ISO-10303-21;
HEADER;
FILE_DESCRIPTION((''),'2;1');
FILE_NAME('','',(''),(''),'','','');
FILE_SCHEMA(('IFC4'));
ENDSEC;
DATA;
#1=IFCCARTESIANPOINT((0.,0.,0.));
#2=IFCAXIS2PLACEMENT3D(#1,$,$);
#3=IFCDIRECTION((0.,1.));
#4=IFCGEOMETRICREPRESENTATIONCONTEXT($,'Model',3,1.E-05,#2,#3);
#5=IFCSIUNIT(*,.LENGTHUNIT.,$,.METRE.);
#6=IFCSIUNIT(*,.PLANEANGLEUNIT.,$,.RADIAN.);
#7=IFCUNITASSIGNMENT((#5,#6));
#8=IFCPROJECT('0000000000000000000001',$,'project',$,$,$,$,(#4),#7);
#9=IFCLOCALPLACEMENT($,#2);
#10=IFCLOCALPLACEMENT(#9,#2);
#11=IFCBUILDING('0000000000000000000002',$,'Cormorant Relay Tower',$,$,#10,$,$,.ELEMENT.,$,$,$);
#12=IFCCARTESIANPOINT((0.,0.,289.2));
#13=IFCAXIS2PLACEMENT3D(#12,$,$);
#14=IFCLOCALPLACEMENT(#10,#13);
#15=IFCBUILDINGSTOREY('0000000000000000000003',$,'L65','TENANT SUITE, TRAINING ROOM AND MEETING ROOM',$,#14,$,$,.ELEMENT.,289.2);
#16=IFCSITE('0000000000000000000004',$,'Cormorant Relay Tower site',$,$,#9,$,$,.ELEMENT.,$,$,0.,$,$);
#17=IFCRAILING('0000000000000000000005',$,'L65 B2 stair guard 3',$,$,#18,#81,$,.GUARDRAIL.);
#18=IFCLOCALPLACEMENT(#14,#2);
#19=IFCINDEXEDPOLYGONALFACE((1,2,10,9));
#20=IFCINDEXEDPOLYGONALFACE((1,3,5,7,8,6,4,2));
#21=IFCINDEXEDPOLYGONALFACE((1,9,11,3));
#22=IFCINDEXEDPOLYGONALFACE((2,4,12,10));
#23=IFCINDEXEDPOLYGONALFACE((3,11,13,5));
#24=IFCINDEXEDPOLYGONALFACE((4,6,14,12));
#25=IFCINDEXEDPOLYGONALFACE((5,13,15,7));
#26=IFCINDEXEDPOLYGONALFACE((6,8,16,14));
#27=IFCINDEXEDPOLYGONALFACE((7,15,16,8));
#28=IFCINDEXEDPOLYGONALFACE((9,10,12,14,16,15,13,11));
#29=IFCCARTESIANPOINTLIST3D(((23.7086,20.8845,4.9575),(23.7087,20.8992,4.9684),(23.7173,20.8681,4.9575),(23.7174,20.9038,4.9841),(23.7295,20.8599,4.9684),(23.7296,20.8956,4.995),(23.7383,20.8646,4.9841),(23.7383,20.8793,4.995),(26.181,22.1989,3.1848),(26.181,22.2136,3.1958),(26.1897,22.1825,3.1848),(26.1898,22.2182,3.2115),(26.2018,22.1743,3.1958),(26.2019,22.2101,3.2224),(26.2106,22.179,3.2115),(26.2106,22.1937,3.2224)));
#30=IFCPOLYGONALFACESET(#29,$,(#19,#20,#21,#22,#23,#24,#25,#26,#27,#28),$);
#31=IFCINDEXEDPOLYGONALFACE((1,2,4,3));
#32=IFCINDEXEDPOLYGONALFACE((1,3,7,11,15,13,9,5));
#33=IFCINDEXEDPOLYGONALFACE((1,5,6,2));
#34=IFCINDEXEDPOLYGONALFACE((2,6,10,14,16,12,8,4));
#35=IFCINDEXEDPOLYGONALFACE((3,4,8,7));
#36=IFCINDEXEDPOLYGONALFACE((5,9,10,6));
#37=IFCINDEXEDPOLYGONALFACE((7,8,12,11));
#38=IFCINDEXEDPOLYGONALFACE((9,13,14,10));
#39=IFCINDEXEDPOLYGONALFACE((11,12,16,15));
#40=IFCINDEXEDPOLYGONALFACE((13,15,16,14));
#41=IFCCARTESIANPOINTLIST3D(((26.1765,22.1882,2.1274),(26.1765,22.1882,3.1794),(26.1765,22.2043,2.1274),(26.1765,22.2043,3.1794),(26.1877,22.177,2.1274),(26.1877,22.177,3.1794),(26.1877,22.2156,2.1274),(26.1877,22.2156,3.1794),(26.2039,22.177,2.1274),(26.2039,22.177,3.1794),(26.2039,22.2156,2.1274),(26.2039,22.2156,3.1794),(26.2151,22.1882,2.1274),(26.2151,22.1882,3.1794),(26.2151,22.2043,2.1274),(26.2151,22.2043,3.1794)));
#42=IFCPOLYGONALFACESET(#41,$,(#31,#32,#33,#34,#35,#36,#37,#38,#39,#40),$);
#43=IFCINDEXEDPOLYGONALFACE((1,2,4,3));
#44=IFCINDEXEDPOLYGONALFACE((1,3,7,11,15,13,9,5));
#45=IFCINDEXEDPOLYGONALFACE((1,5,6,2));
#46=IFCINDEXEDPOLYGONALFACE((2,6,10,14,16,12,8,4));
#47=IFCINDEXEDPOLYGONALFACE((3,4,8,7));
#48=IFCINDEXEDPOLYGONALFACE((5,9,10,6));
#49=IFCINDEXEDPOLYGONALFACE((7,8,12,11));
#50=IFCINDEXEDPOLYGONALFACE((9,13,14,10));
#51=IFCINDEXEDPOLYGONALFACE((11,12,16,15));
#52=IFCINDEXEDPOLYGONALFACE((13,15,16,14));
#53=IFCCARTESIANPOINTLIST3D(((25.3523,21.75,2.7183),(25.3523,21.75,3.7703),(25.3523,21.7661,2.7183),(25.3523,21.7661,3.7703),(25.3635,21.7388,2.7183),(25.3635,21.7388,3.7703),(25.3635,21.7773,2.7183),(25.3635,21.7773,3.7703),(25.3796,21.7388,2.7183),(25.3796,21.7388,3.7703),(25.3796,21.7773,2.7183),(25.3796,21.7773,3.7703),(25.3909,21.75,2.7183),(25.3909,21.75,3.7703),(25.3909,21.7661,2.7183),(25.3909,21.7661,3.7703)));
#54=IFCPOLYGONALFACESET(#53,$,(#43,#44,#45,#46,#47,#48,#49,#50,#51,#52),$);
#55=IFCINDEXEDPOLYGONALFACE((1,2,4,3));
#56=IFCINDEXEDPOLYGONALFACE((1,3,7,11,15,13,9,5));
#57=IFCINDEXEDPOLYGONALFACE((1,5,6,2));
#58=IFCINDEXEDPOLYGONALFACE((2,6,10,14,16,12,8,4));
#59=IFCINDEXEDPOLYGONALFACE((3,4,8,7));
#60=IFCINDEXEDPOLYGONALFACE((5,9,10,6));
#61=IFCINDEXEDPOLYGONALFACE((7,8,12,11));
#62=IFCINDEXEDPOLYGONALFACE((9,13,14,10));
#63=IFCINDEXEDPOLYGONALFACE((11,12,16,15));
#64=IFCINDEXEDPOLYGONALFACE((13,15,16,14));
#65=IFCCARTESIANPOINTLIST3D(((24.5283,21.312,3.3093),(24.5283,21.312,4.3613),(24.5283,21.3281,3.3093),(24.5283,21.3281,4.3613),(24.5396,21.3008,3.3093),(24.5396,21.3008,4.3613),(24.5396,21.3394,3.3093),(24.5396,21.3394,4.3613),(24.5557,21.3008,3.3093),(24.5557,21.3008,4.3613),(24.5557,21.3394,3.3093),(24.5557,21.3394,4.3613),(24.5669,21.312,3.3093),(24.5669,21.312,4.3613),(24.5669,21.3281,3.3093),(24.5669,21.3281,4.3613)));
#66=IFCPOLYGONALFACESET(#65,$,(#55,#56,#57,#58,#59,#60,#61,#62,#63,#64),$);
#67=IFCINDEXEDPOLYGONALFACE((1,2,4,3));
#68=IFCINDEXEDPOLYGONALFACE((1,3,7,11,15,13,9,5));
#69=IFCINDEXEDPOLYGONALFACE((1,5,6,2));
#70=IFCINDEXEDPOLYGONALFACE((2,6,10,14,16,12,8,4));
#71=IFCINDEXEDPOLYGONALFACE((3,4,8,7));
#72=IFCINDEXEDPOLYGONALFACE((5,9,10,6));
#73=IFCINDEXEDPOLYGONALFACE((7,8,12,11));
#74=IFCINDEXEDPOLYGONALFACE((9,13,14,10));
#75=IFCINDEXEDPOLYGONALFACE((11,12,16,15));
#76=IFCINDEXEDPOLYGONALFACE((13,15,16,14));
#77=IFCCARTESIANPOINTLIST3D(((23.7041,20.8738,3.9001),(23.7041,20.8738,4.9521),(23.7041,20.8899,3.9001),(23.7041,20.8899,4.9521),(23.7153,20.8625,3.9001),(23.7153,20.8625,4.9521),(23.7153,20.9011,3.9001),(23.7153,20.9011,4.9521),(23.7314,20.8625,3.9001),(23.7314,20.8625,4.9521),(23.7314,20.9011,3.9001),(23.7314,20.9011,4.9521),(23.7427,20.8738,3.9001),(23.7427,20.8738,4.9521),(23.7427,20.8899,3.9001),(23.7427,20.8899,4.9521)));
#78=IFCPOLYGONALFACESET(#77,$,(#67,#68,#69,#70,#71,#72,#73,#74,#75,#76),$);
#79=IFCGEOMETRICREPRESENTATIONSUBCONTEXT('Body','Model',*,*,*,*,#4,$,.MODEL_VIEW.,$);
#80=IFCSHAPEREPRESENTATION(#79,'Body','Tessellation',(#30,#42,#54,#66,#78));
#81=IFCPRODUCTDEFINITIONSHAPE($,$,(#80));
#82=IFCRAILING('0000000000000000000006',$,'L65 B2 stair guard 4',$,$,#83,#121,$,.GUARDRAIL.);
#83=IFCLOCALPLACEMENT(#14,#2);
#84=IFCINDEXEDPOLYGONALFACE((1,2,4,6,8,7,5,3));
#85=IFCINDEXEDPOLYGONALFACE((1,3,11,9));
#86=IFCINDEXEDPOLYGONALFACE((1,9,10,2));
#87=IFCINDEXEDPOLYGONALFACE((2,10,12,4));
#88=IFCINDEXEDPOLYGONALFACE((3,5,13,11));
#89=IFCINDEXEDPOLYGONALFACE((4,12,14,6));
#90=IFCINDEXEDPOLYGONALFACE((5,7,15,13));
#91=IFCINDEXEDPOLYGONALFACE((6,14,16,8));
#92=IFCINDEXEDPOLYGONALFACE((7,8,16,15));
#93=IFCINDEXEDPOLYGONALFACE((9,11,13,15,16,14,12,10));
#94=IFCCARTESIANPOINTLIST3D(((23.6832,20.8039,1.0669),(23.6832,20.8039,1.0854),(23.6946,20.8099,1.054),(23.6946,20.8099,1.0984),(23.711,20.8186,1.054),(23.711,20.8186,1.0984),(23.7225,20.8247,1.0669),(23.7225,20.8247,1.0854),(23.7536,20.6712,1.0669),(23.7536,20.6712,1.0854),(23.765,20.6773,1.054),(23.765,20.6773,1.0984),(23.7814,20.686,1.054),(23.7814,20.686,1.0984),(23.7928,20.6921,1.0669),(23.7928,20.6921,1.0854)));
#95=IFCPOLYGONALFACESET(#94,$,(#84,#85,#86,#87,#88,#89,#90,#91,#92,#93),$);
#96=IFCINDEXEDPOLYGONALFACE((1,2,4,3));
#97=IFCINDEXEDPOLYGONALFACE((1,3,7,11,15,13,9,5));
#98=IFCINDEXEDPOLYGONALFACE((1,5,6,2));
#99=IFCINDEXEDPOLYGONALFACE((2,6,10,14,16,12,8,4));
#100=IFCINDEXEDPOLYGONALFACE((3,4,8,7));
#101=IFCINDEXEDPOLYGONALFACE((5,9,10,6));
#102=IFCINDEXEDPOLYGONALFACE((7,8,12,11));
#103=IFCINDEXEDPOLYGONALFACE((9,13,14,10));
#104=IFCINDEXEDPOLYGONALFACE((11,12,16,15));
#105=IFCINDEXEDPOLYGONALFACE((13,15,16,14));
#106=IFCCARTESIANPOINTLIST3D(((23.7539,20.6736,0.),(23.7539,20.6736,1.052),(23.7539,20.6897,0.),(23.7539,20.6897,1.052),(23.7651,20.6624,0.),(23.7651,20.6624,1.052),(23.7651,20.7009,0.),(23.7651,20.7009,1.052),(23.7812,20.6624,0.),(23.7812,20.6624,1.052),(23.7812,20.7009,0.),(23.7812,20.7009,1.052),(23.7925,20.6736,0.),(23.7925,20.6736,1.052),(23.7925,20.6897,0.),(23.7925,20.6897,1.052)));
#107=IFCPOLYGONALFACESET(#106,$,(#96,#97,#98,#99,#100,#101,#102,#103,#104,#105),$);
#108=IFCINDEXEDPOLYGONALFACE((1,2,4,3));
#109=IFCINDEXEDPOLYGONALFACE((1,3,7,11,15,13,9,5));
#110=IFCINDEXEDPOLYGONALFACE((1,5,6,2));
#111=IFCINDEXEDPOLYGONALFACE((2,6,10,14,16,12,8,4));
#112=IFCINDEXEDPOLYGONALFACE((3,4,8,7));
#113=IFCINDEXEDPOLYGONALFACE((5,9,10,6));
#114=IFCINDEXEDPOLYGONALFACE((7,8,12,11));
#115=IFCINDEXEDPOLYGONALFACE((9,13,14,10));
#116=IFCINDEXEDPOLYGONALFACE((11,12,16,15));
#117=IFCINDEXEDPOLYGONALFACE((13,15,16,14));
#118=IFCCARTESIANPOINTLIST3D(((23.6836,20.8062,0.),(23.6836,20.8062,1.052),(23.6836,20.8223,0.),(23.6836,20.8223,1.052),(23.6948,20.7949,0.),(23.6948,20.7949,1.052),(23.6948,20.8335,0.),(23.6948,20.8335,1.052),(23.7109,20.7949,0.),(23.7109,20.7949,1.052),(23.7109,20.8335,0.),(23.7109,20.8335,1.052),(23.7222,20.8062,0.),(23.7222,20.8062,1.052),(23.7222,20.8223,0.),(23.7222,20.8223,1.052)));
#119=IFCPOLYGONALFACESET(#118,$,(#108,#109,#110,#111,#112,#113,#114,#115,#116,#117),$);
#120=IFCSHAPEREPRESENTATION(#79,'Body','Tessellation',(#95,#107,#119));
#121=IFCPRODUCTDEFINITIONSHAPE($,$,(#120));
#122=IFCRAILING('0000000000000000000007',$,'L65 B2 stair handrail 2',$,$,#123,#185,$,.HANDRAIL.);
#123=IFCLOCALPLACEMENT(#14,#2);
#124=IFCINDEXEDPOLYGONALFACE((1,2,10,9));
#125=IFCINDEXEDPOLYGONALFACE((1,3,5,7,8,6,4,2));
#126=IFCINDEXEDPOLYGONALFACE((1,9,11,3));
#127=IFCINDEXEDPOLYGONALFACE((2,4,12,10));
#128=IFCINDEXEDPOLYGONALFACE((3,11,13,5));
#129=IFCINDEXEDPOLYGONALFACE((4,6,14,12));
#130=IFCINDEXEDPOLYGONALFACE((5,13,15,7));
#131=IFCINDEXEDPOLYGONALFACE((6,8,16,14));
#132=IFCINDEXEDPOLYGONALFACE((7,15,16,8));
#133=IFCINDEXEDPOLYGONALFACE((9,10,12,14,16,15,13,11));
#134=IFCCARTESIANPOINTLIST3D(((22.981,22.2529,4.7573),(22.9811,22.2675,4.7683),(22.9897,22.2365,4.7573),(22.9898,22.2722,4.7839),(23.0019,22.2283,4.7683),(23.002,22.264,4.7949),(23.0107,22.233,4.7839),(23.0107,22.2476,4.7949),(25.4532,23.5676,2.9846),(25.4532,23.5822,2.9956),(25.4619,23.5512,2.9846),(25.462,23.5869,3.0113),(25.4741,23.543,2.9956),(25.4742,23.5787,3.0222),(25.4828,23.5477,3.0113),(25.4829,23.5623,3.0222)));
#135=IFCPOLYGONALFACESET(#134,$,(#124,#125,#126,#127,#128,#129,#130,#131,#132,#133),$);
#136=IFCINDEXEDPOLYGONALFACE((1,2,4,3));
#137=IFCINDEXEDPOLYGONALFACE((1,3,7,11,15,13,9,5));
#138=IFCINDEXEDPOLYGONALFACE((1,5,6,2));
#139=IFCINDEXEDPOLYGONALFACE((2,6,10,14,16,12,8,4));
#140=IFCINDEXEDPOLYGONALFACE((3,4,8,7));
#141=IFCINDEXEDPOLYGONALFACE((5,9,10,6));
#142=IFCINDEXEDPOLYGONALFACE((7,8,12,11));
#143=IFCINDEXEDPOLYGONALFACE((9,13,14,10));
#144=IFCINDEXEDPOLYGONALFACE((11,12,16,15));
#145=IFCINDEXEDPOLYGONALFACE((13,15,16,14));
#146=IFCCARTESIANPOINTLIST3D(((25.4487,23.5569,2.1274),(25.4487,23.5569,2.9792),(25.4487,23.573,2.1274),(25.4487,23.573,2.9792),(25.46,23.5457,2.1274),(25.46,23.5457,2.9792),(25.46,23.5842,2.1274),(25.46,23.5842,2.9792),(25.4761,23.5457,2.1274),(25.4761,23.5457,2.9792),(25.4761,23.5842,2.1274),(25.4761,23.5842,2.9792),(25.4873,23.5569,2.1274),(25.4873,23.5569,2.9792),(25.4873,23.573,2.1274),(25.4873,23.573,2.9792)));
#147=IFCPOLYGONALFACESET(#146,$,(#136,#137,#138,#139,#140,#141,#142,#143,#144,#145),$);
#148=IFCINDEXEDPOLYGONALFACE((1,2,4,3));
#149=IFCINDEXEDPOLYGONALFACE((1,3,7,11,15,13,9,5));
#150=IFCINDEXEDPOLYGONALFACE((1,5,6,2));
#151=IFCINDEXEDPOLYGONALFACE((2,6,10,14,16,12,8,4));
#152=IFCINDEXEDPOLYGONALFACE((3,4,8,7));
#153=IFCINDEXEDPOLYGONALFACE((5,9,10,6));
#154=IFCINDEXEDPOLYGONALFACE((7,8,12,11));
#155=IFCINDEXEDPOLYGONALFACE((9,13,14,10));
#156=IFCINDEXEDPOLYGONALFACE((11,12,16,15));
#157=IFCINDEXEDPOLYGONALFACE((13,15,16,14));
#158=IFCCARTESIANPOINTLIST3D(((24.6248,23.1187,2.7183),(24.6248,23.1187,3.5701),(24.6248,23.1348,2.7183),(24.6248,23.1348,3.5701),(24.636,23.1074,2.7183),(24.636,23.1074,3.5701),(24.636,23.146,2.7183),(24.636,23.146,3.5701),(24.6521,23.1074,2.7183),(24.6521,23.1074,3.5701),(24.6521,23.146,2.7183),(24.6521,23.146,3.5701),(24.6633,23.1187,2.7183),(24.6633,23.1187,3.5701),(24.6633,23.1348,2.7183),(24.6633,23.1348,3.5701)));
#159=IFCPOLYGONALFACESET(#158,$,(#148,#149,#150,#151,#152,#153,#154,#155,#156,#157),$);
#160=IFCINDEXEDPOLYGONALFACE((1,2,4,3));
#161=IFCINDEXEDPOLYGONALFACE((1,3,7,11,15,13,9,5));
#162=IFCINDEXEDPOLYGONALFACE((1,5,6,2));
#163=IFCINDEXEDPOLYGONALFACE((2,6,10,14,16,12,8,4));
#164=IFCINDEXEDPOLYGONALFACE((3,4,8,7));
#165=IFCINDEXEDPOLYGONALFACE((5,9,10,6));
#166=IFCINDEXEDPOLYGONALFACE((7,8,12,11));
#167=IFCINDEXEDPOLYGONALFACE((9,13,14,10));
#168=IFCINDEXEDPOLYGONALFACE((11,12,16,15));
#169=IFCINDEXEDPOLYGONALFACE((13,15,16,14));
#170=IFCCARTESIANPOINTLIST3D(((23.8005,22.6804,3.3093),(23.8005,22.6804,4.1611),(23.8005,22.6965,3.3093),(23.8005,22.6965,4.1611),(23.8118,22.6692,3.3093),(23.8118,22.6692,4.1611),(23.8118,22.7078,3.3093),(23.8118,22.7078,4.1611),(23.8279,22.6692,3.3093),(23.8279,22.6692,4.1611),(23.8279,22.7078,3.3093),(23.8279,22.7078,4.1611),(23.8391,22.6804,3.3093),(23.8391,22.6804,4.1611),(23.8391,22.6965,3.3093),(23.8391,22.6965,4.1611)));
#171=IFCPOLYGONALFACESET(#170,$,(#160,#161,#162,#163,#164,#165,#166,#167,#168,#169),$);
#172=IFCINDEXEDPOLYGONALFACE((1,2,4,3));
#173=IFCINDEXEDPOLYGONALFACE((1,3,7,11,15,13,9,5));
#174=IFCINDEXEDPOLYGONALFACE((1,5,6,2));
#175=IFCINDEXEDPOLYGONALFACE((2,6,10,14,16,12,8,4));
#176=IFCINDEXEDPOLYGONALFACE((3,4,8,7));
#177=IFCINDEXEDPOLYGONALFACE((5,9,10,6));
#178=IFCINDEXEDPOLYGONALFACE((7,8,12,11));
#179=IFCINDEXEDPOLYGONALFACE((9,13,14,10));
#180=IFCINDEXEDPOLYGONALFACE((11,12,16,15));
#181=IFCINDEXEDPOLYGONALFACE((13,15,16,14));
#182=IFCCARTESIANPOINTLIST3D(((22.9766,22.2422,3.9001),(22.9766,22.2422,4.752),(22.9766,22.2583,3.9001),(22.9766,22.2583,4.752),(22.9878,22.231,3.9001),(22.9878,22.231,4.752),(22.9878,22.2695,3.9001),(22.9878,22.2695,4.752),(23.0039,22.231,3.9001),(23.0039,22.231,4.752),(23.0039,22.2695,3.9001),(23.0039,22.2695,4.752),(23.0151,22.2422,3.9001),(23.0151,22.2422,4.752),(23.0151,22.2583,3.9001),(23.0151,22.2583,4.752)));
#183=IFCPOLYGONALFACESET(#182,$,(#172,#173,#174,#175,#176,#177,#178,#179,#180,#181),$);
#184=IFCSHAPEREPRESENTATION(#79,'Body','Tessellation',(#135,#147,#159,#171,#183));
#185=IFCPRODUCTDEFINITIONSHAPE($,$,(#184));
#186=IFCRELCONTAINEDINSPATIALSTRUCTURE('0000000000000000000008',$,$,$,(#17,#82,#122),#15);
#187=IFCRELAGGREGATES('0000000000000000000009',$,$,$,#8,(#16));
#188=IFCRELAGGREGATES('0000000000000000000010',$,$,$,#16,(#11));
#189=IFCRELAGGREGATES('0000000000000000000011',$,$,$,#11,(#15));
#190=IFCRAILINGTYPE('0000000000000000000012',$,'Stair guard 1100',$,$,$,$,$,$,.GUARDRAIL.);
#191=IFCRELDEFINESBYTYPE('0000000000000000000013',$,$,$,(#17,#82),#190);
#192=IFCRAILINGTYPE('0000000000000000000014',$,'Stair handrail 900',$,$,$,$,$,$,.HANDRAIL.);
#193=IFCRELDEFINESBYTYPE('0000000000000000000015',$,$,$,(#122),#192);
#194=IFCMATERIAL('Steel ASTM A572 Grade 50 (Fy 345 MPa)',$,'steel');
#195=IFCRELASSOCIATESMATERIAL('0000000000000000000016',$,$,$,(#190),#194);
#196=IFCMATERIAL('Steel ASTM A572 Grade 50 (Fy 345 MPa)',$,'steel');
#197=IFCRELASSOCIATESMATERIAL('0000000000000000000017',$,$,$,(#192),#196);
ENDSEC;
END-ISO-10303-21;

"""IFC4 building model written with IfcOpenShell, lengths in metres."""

from ifc_helpers import new_model, si_unit, direction, frame, origin, place, context, subcontext, project, spatial, polyline, outline, extrude, material, type_object, element, save


model = new_model("IFC4")

# Units and contexts
model_context = context("Model", 3, precision=1e-05, world=origin(), true_north=direction((0.0, 1.0)))
body_context = subcontext(model_context, "Body", "Model", "MODEL_VIEW")
ifc_project = project(units=[si_unit("LENGTHUNIT", "METRE"), si_unit("PLANEANGLEUNIT", "RADIAN")], contexts=[model_context])

# Site, building, storey
site_placement = place(None, origin())
site = spatial("IfcSite", under=ifc_project, at=site_placement, Name="Cormorant Relay Tower site", CompositionType="ELEMENT", RefElevation=0.0)
building_placement = place(site_placement, origin())
building = spatial("IfcBuilding", under=site, at=building_placement, Name="Cormorant Relay Tower", CompositionType="ELEMENT")
storey_placement = place(building_placement, frame((0.0, 0.0, 289.2)))
storey = spatial("IfcBuildingStorey", under=building, at=storey_placement, Name="L65", Description="TENANT SUITE, TRAINING ROOM AND MEETING ROOM", CompositionType="ELEMENT", Elevation=289.2)

# Railings
ifc_material_1 = material(Name="Steel ASTM A572 Grade 50 (Fy 345 MPa)", Category="steel")
railing_type_1 = type_object("IfcRailingType", Name="Stair guard 1100", PredefinedType="GUARDRAIL", material=ifc_material_1)
railing_1_placement = place(storey_placement, frame((26.1958, 22.1963, 2.1274)))
element("IfcRailing", 1, at=railing_1_placement, inside=storey, type_object=railing_type_1, Name="L65 B2 stair guard 3", PredefinedType="GUARDRAIL", context=body_context, shape_type="SweptSolid", body=[
    extrude(outline(polyline([(0.0222, 0.0093), (0.0093, 0.0222), (-0.0093, 0.0222), (-0.0222, 0.0093), (-0.0222, -0.0093), (-0.0093, -0.0222), (0.0093, -0.0222), (0.0222, -0.0093), (0.0222, 0.0093)])), frame((0.0, 0.0, 1.0762), z_axis=(-0.746034, -0.396627, 0.534902), x_axis=(0.469429, -0.88297, 0.0)), (0.0, 0.0, 1.0), 3.314),
    extrude(outline(polyline([(0.0193, 0.0081), (0.0081, 0.0193), (-0.0081, 0.0193), (-0.0193, 0.0081), (-0.0193, -0.0081), (-0.0081, -0.0193), (0.0081, -0.0193), (0.0193, -0.0081), (0.0193, 0.0081)])), origin(), (0.0, 0.0, 1.0), 1.052),
    extrude(outline(polyline([(0.0193, 0.0081), (0.0081, 0.0193), (-0.0081, 0.0193), (-0.0193, 0.0081), (-0.0193, -0.0081), (-0.0081, -0.0193), (0.0081, -0.0193), (0.0193, -0.0081), (0.0193, 0.0081)])), frame((-0.8242, -0.4382, 0.5908)), (0.0, 0.0, 1.0), 1.052),
    extrude(outline(polyline([(0.0193, 0.0081), (0.0081, 0.0193), (-0.0081, 0.0193), (-0.0193, 0.0081), (-0.0193, -0.0081), (-0.0081, -0.0193), (0.0081, -0.0193), (0.0193, -0.0081), (0.0193, 0.0081)])), frame((-1.6482, -0.8762, 1.1819)), (0.0, 0.0, 1.0), 1.052),
    extrude(outline(polyline([(0.0193, 0.0081), (0.0081, 0.0193), (-0.0081, 0.0193), (-0.0193, 0.0081), (-0.0193, -0.0081), (-0.0081, -0.0193), (0.0081, -0.0193), (0.0193, -0.0081), (0.0193, 0.0081)])), frame((-2.4724, -1.3145, 1.7727)), (0.0, 0.0, 1.0), 1.052),
])
railing_2_placement = place(storey_placement, frame((23.7732, 20.6816, 0.0)))
element("IfcRailing", 2, at=railing_2_placement, inside=storey, type_object=railing_type_1, Name="L65 B2 stair guard 4", PredefinedType="GUARDRAIL", context=body_context, shape_type="SweptSolid", body=[
    extrude(outline(polyline([(0.0222, 0.0093), (0.0093, 0.0222), (-0.0093, 0.0222), (-0.0222, 0.0093), (-0.0222, -0.0093), (-0.0093, -0.0222), (0.0093, -0.0222), (0.0222, -0.0093), (0.0222, 0.0093)])), frame((0.0, 0.0, 1.0762), z_axis=(-0.46856, 0.883431, 0.0), x_axis=(-0.883431, -0.46856, 0.0)), (0.0, 0.0, 1.0), 0.1501),
    extrude(outline(polyline([(0.0193, 0.0081), (0.0081, 0.0193), (-0.0081, 0.0193), (-0.0193, 0.0081), (-0.0193, -0.0081), (-0.0081, -0.0193), (0.0081, -0.0193), (0.0193, -0.0081), (0.0193, 0.0081)])), origin(), (0.0, 0.0, 1.0), 1.052),
    extrude(outline(polyline([(0.0193, 0.0081), (0.0081, 0.0193), (-0.0081, 0.0193), (-0.0193, 0.0081), (-0.0193, -0.0081), (-0.0081, -0.0193), (0.0081, -0.0193), (0.0193, -0.0081), (0.0193, 0.0081)])), frame((-0.0703, 0.1326, 0.0)), (0.0, 0.0, 1.0), 1.052),
])
ifc_material_2 = material(Name="Steel ASTM A572 Grade 50 (Fy 345 MPa)", Category="steel")
railing_type_2 = type_object("IfcRailingType", Name="Stair handrail 900", PredefinedType="HANDRAIL", material=ifc_material_2)
railing_3_placement = place(storey_placement, frame((25.468, 23.5649, 2.1274)))
element("IfcRailing", 3, at=railing_3_placement, inside=storey, type_object=railing_type_2, Name="L65 B2 stair handrail 2", PredefinedType="HANDRAIL", context=body_context, shape_type="SweptSolid", body=[
    extrude(outline(polyline([(0.0222, 0.0093), (0.0093, 0.0222), (-0.0093, 0.0222), (-0.0222, 0.0093), (-0.0222, -0.0093), (-0.0093, -0.0222), (0.0093, -0.0222), (0.0222, -0.0093), (0.0222, 0.0093)])), frame((0.0, 0.0, 0.876), z_axis=(-0.745979, -0.396711, 0.534916), x_axis=(0.469533, -0.882915, 0.0)), (0.0, 0.0, 1.0), 3.314),
    extrude(outline(polyline([(0.0193, 0.0081), (0.0081, 0.0193), (-0.0081, 0.0193), (-0.0193, 0.0081), (-0.0193, -0.0081), (-0.0081, -0.0193), (0.0081, -0.0193), (0.0193, -0.0081), (0.0193, 0.0081)])), origin(), (0.0, 0.0, 1.0), 0.8518),
    extrude(outline(polyline([(0.0193, 0.0081), (0.0081, 0.0193), (-0.0081, 0.0193), (-0.0193, 0.0081), (-0.0193, -0.0081), (-0.0081, -0.0193), (0.0081, -0.0193), (0.0193, -0.0081), (0.0193, 0.0081)])), frame((-0.824, -0.4382, 0.5908)), (0.0, 0.0, 1.0), 0.8518),
    extrude(outline(polyline([(0.0193, 0.0081), (0.0081, 0.0193), (-0.0081, 0.0193), (-0.0193, 0.0081), (-0.0193, -0.0081), (-0.0081, -0.0193), (0.0081, -0.0193), (0.0193, -0.0081), (0.0193, 0.0081)])), frame((-1.6482, -0.8765, 1.1819)), (0.0, 0.0, 1.0), 0.8518),
    extrude(outline(polyline([(0.0193, 0.0081), (0.0081, 0.0193), (-0.0081, 0.0193), (-0.0193, 0.0081), (-0.0193, -0.0081), (-0.0081, -0.0193), (0.0081, -0.0193), (0.0193, -0.0081), (0.0193, 0.0081)])), frame((-2.4722, -1.3147, 1.7727)), (0.0, 0.0, 1.0), 0.8518),
])

save(model, "model.ifc")
